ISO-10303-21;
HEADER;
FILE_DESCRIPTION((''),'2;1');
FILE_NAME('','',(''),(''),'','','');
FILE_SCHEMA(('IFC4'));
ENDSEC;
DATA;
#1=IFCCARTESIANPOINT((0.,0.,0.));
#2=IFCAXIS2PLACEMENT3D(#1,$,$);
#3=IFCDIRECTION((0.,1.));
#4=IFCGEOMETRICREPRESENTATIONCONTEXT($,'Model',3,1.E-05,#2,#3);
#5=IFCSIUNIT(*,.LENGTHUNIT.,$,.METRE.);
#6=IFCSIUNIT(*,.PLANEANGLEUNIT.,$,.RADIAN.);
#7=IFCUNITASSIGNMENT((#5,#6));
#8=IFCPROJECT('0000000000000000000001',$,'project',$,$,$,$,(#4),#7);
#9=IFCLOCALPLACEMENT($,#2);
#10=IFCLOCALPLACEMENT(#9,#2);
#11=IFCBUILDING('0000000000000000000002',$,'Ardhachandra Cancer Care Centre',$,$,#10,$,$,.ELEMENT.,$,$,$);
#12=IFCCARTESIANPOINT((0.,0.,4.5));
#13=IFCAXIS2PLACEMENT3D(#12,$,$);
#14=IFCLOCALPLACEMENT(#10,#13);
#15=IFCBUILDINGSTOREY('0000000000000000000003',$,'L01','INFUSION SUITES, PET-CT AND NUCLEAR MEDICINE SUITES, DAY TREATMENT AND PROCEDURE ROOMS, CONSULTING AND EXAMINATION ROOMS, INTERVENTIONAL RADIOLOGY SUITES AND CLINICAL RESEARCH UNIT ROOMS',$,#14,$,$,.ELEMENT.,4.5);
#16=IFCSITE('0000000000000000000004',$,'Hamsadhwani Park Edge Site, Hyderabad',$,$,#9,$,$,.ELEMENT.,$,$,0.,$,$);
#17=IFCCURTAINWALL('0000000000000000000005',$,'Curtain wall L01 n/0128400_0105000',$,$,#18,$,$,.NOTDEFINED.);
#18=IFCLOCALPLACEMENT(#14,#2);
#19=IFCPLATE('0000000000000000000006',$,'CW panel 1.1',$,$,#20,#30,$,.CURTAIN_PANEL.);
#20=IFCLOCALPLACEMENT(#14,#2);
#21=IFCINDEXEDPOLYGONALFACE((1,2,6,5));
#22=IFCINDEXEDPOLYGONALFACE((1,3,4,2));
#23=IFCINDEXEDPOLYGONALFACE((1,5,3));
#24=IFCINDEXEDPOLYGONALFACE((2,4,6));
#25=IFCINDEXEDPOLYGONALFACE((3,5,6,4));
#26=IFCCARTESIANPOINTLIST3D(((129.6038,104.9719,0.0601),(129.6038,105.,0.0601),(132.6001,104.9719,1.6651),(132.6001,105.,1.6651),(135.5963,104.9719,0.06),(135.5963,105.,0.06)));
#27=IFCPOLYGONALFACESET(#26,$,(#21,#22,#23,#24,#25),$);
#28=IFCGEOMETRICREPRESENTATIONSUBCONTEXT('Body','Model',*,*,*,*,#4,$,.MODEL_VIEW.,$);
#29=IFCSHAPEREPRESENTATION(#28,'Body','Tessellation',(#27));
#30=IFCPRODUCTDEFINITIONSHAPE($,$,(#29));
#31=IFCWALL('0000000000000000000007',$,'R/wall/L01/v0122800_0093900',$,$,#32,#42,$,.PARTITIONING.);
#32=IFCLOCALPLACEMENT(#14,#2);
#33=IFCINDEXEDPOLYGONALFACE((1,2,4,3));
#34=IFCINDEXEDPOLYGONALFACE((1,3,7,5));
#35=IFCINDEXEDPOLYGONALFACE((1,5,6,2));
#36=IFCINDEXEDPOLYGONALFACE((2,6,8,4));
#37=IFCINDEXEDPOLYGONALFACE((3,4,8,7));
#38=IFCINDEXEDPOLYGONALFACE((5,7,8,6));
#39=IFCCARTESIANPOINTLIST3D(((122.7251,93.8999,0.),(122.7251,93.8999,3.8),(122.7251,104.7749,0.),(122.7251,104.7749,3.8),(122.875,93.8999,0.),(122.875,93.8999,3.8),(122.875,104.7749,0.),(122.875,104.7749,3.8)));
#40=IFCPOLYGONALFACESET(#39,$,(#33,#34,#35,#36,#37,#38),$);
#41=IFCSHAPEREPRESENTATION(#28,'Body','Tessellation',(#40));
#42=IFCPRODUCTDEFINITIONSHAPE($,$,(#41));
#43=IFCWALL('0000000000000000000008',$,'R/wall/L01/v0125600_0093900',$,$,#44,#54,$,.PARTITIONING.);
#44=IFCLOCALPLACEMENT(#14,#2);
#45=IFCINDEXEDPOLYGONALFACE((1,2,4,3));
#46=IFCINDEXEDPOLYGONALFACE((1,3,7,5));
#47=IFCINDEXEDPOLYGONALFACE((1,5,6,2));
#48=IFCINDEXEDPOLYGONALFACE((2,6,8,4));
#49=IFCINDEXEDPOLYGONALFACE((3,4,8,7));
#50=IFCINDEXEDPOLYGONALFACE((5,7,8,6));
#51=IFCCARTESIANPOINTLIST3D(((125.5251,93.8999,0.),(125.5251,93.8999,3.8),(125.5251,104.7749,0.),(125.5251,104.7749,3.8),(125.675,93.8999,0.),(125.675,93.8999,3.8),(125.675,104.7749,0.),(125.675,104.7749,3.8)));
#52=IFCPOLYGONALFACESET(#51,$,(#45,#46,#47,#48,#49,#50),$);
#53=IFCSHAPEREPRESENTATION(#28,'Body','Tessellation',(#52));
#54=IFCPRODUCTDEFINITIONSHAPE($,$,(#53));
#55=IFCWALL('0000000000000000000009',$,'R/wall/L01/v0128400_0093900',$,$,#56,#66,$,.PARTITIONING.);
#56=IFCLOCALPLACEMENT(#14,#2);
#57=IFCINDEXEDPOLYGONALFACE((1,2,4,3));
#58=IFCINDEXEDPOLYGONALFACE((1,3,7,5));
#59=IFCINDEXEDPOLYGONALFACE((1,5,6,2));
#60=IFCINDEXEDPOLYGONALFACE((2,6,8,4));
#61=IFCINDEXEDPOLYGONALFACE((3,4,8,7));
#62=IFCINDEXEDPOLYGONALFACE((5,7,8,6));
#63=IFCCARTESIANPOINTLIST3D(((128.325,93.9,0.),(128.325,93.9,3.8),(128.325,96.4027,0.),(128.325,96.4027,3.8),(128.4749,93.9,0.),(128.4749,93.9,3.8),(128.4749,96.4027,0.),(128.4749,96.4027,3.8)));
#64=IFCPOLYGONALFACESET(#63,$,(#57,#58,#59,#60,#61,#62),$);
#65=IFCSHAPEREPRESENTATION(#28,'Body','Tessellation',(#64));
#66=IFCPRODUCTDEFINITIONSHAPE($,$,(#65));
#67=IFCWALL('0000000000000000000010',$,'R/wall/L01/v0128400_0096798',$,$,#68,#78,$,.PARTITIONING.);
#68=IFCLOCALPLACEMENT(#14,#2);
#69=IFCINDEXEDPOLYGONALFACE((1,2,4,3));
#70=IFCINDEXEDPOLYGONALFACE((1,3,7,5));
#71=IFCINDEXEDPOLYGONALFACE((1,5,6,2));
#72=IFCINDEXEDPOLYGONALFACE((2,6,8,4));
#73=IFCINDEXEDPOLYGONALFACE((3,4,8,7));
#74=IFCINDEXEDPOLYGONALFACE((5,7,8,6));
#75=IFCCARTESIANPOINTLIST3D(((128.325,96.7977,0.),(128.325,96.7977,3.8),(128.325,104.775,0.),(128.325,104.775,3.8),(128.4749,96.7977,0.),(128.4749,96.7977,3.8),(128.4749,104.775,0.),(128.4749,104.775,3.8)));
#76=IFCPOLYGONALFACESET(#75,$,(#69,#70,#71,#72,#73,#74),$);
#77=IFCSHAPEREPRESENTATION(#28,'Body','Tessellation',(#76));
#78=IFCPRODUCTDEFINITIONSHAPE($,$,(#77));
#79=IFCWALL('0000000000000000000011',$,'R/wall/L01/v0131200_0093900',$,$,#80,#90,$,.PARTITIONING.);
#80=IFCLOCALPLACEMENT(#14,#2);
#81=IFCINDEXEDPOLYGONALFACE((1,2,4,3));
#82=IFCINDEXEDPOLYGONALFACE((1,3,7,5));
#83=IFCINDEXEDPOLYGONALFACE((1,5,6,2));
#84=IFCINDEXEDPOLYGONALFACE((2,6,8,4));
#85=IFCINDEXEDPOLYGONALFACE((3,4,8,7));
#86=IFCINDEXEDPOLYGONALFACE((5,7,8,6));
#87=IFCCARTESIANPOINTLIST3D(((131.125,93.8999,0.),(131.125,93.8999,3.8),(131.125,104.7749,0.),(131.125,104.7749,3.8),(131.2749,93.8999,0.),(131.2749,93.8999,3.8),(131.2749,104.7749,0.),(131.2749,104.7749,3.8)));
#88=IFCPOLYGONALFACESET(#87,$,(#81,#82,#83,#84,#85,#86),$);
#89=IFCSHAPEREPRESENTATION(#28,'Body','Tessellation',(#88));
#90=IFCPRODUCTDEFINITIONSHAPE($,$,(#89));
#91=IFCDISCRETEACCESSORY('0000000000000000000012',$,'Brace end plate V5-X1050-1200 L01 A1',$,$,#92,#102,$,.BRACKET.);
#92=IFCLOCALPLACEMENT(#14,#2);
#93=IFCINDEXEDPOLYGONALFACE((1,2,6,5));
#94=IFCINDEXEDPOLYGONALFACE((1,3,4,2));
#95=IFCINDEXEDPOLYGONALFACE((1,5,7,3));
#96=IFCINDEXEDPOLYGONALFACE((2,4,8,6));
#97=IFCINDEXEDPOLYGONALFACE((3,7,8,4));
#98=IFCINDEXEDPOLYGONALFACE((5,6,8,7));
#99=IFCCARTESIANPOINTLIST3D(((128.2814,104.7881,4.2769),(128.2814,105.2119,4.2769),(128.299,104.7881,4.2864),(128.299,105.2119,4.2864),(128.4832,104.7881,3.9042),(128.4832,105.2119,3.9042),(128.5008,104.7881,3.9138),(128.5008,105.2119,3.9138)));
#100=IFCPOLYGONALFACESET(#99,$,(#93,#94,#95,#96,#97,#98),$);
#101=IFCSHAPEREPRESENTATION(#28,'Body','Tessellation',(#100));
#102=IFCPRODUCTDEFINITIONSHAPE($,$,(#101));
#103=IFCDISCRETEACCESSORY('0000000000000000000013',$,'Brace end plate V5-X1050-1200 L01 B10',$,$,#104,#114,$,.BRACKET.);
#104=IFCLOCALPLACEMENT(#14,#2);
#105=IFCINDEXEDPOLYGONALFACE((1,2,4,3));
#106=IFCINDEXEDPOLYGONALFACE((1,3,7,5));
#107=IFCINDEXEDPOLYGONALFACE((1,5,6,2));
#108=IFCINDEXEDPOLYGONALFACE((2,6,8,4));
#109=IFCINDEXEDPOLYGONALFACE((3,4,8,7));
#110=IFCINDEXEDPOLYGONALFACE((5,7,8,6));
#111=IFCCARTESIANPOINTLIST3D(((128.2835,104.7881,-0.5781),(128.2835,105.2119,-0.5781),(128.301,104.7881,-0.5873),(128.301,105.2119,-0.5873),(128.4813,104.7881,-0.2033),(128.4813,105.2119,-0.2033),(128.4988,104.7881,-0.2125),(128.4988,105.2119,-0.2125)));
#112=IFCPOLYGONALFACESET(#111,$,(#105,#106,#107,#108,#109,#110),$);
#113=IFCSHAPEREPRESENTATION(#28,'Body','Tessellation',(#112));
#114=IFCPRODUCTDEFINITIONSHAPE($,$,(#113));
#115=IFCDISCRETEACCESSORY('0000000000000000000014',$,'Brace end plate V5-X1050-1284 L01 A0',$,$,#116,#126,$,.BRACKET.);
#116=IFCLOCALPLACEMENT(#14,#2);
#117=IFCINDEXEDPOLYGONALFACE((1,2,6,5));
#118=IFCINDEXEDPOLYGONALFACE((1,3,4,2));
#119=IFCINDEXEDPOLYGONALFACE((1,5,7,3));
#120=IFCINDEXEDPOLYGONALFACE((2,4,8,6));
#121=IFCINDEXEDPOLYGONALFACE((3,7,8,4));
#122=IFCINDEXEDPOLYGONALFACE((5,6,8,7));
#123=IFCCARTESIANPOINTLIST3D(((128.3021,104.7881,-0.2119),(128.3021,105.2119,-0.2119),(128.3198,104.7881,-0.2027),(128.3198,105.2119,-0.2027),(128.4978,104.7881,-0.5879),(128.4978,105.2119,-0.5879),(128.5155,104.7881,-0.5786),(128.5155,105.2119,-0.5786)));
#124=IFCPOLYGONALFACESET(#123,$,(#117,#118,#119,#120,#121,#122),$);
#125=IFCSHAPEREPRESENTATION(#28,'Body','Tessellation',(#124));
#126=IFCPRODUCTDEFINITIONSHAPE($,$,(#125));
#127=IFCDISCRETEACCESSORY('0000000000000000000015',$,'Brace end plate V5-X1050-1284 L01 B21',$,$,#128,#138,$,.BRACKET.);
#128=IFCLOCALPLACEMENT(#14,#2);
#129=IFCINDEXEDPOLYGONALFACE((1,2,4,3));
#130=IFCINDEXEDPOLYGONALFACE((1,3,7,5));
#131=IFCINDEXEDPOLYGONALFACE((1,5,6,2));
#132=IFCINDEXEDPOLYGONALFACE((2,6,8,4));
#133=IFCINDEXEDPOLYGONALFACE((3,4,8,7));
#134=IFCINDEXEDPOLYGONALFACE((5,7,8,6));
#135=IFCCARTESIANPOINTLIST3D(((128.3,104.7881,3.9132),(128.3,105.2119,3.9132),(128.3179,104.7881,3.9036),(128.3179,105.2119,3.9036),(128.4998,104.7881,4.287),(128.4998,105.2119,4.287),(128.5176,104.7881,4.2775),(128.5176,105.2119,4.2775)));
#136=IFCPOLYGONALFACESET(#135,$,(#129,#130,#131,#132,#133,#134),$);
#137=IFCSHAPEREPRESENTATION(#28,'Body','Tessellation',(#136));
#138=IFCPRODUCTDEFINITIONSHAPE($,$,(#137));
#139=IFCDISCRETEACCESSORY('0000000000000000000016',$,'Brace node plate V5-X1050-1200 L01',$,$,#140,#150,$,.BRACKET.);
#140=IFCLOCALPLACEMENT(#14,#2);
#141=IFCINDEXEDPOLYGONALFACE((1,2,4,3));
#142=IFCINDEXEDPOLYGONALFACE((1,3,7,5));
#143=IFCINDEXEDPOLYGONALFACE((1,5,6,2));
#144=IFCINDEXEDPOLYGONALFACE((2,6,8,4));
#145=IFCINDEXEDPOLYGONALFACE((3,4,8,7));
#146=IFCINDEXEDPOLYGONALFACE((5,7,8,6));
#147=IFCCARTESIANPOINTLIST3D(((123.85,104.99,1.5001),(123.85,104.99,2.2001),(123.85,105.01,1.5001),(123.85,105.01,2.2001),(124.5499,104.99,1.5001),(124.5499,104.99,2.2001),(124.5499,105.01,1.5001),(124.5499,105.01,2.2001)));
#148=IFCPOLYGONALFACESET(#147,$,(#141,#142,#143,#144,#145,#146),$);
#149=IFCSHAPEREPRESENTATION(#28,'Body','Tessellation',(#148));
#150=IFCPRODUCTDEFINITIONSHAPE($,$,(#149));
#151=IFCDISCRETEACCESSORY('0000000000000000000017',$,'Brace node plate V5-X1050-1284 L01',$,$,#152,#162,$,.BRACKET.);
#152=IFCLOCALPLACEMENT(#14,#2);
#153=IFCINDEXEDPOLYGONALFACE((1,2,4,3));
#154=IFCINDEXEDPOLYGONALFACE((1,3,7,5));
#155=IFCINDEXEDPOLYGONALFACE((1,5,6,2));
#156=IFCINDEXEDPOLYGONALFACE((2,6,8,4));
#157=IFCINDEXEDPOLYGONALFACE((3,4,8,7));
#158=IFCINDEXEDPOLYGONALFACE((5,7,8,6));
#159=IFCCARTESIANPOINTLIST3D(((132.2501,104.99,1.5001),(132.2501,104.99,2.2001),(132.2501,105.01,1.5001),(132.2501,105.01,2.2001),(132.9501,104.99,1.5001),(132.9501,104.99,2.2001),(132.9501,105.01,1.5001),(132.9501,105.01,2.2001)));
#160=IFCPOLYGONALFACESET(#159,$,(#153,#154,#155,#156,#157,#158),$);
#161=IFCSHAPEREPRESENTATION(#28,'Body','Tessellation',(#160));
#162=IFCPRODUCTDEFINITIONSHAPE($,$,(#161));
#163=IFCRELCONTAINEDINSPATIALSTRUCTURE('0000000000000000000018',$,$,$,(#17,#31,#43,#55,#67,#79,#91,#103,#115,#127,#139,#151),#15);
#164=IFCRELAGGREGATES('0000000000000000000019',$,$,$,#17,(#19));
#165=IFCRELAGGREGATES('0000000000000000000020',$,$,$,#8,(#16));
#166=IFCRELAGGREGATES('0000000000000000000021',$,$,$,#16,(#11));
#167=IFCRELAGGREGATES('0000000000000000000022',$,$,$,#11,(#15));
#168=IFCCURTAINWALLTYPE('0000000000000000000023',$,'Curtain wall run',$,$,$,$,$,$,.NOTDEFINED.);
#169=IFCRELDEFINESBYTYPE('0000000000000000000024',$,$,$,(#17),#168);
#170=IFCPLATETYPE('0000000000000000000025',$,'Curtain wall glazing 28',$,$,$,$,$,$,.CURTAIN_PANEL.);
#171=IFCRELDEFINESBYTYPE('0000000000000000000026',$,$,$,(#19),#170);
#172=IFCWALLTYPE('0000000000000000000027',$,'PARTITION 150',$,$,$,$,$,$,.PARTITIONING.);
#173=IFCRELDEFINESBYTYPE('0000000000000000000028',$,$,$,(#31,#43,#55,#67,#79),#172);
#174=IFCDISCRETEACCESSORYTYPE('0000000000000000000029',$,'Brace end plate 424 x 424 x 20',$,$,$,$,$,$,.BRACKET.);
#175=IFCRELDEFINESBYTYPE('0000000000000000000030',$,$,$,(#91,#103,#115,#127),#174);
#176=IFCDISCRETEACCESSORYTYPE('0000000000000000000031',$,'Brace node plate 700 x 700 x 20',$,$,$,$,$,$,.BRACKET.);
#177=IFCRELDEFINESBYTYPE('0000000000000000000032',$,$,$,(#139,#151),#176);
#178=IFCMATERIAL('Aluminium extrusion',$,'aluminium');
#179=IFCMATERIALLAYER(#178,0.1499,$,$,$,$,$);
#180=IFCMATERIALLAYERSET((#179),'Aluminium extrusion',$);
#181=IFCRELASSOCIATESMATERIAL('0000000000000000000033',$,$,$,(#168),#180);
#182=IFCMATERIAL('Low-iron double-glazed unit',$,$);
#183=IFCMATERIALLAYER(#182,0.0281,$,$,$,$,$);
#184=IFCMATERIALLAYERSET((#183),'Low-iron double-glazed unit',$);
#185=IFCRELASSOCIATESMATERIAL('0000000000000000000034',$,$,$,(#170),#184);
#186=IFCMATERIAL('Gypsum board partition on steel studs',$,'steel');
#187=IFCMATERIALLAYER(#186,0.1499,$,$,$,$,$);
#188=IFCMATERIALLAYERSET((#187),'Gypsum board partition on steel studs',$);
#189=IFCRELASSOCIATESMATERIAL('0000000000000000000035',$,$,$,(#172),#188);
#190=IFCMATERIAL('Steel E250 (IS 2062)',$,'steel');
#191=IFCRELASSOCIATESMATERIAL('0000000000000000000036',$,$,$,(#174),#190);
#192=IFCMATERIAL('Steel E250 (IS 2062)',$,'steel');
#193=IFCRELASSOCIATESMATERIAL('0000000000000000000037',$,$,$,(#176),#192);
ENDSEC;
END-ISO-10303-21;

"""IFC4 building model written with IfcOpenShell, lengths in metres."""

from ifc_helpers import new_model, si_unit, direction, frame, frame_2d, origin, origin_2d, place, context, subcontext, project, spatial, polyline, rectangle, outline, extrude, material, layer, layer_set, material_profile, profile_set, type_object, element, aggregate, save


model = new_model("IFC4")

# Units and contexts
model_context = context("Model", 3, precision=1e-05, world=origin(), true_north=direction((0.0, 1.0)))
body_context = subcontext(model_context, "Body", "Model", "MODEL_VIEW")
ifc_project = project(units=[si_unit("LENGTHUNIT", "METRE"), si_unit("PLANEANGLEUNIT", "RADIAN")], contexts=[model_context])

# Site, building, storey
site_placement = place(None, origin())
site = spatial("IfcSite", under=ifc_project, at=site_placement, Name="Hamsadhwani Park Edge Site, Hyderabad", CompositionType="ELEMENT", RefElevation=0.0)
building_placement = place(site_placement, origin())
building = spatial("IfcBuilding", under=site, at=building_placement, Name="Ardhachandra Cancer Care Centre", CompositionType="ELEMENT")
storey_placement = place(building_placement, frame((0.0, 0.0, 4.5)))
storey = spatial("IfcBuildingStorey", under=building, at=storey_placement, Name="L01", Description="INFUSION SUITES, PET-CT AND NUCLEAR MEDICINE SUITES, DAY TREATMENT AND PROCEDURE ROOMS, CONSULTING AND EXAMINATION ROOMS, INTERVENTIONAL RADIOLOGY SUITES AND CLINICAL RESEARCH UNIT ROOMS", CompositionType="ELEMENT", Elevation=4.5)

# Curtain wall
ifc_material_1 = material(Name="Aluminium extrusion", Category="aluminium")
ifc_layer_1 = layer(ifc_material_1, 0.1499)
ifc_layer_set_1 = layer_set([ifc_layer_1], Name="Aluminium extrusion")
curtain_wall_type = type_object("IfcCurtainWallType", Name="Curtain wall run", PredefinedType="NOTDEFINED", material=ifc_layer_set_1)
curtain_wall_1_placement = place(storey_placement, origin())
curtain_wall_1 = element("IfcCurtainWall", 1, at=curtain_wall_1_placement, inside=storey, type_object=curtain_wall_type, Name="Curtain wall L01 n/0128400_0105000", PredefinedType="NOTDEFINED")

# Plate
ifc_material_2 = material(Name="Low-iron double-glazed unit")
ifc_layer_2 = layer(ifc_material_2, 0.0281)
ifc_layer_set_2 = layer_set([ifc_layer_2], Name="Low-iron double-glazed unit")
plate_type = type_object("IfcPlateType", Name="Curtain wall glazing 28", PredefinedType="CURTAIN_PANEL", material=ifc_layer_set_2)
plate_1_placement = place(storey_placement, frame((129.6038, 105.0, 0.0601), z_axis=(0.0, 1.0, 0.0), x_axis=(0.881505, 0.0, 0.472176)))
plate_1 = element("IfcPlate", 2, at=plate_1_placement, type_object=plate_type, Name="CW panel 1.1", PredefinedType="CURTAIN_PANEL", context=body_context, shape_type="SweptSolid", body=[
    extrude(outline(polyline([(0.0, 0.0), (3.3992, 0.0), (5.2825, 2.8296), (0.0, 0.0)])), frame((0.0, 0.0, -0.0281)), (0.0, 0.0, 1.0), 0.0281),
])
aggregate(curtain_wall_1, [plate_1])

# Walls
ifc_material_3 = material(Name="Gypsum board partition on steel studs", Category="steel")
ifc_layer_3 = layer(ifc_material_3, 0.1499)
ifc_layer_set_3 = layer_set([ifc_layer_3], Name="Gypsum board partition on steel studs")
wall_type = type_object("IfcWallType", Name="PARTITION 150", PredefinedType="PARTITIONING", material=ifc_layer_set_3)
for number, where, z_axis, x_axis, name in (
    (3, (122.8, 93.8999, 0.0), (0.0, 0.0, 1.0), (0.0, 1.0, 0.0), "R/wall/L01/v0122800_0093900"),
    (4, (125.6001, 93.8999, 0.0), (0.0, 0.0, 1.0), (0.0, 1.0, 0.0), "R/wall/L01/v0125600_0093900"),
):
    element("IfcWall", number, at=place(storey_placement, frame(where, z_axis=z_axis, x_axis=x_axis)), inside=storey, type_object=wall_type, Name=name, PredefinedType="PARTITIONING", context=body_context, shape_type="SweptSolid", body=[
        extrude(rectangle(XDim=10.875, YDim=0.1499, at=frame_2d((5.4375, 0.0))), origin(), (0.0, 0.0, 1.0), 3.8),
    ])
wall_1_placement = place(storey_placement, frame((128.3999, 93.8999, 0.0), z_axis=(0.0, 0.0, 1.0), x_axis=(0.0, 1.0, 0.0)))
element("IfcWall", 5, at=wall_1_placement, inside=storey, type_object=wall_type, Name="R/wall/L01/v0128400_0093900", PredefinedType="PARTITIONING", context=body_context, shape_type="SweptSolid", body=[
    extrude(rectangle(XDim=2.5027, YDim=0.1499, at=frame_2d((1.2515, 0.0))), origin(), (0.0, 0.0, 1.0), 3.8),
])
wall_2_placement = place(storey_placement, frame((128.3999, 96.7976, 0.0), z_axis=(0.0, 0.0, 1.0), x_axis=(0.0, 1.0, 0.0)))
element("IfcWall", 6, at=wall_2_placement, inside=storey, type_object=wall_type, Name="R/wall/L01/v0128400_0096798", PredefinedType="PARTITIONING", context=body_context, shape_type="SweptSolid", body=[
    extrude(rectangle(XDim=7.9773, YDim=0.1499, at=frame_2d((3.9888, 0.0))), origin(), (0.0, 0.0, 1.0), 3.8),
])
wall_3_placement = place(storey_placement, frame((131.2, 93.8999, 0.0), z_axis=(0.0, 0.0, 1.0), x_axis=(0.0, 1.0, 0.0)))
element("IfcWall", 7, at=wall_3_placement, inside=storey, type_object=wall_type, Name="R/wall/L01/v0131200_0093900", PredefinedType="PARTITIONING", context=body_context, shape_type="SweptSolid", body=[
    extrude(rectangle(XDim=10.875, YDim=0.1499, at=frame_2d((5.4375, 0.0))), origin(), (0.0, 0.0, 1.0), 3.8),
])

# Discrete accessories
ifc_material_4 = material(Name="Steel E250 (IS 2062)", Category="steel")
ifc_material_profile_1 = material_profile(ifc_material_4, rectangle(XDim=0.4238, YDim=0.4238, at=origin_2d()), Name="PL 424x424x20")
ifc_profile_set_1 = profile_set([ifc_material_profile_1], Name="Steel E250 (IS 2062)")
discrete_accessory_type_1 = type_object("IfcDiscreteAccessoryType", Name="Brace end plate 424 x 424 x 20", PredefinedType="BRACKET", material=ifc_profile_set_1)
discrete_accessory_1_placement = place(storey_placement, frame((128.3999, 105.0, 4.1001), z_axis=(-0.879292, 0.0, -0.476283), x_axis=(0.0, -1.0, 0.0)))
element("IfcDiscreteAccessory", 8, at=discrete_accessory_1_placement, inside=storey, type_object=discrete_accessory_type_1, Name="Brace end plate V5-X1050-1200 L01 A1", PredefinedType="BRACKET", context=body_context, shape_type="SweptSolid", body=[
    extrude(rectangle(XDim=0.4238, YDim=0.4238, at=origin_2d()), origin(), (0.0, 0.0, 1.0), 0.02),
])
discrete_accessory_2_placement = place(storey_placement, frame((128.3999, 105.0, -0.3999), z_axis=(-0.884385, 0.0, 0.466759), x_axis=(0.0, -1.0, 0.0)))
element("IfcDiscreteAccessory", 9, at=discrete_accessory_2_placement, inside=storey, type_object=discrete_accessory_type_1, Name="Brace end plate V5-X1050-1200 L01 B10", PredefinedType="BRACKET", context=body_context, shape_type="SweptSolid", body=[
    extrude(rectangle(XDim=0.4238, YDim=0.4238, at=origin_2d()), origin(), (0.0, 0.0, 1.0), 0.0198),
])
discrete_accessory_3_placement = place(storey_placement, frame((128.3999, 105.0, -0.3999), z_axis=(0.887018, 0.0, 0.461735), x_axis=(0.0, 1.0, 0.0)))
element("IfcDiscreteAccessory", 10, at=discrete_accessory_3_placement, inside=storey, type_object=discrete_accessory_type_1, Name="Brace end plate V5-X1050-1284 L01 A0", PredefinedType="BRACKET", context=body_context, shape_type="SweptSolid", body=[
    extrude(rectangle(XDim=0.4238, YDim=0.4238, at=origin_2d()), origin(), (0.0, 0.0, 1.0), 0.02),
])
discrete_accessory_4_placement = place(storey_placement, frame((128.3999, 105.0, 4.1001), z_axis=(0.882018, 0.0, -0.471215), x_axis=(0.0, 1.0, 0.0)))
element("IfcDiscreteAccessory", 11, at=discrete_accessory_4_placement, inside=storey, type_object=discrete_accessory_type_1, Name="Brace end plate V5-X1050-1284 L01 B21", PredefinedType="BRACKET", context=body_context, shape_type="SweptSolid", body=[
    extrude(rectangle(XDim=0.4238, YDim=0.4238, at=origin_2d()), origin(), (0.0, 0.0, 1.0), 0.0203),
])
ifc_material_5 = material(Name="Steel E250 (IS 2062)", Category="steel")
ifc_material_profile_2 = material_profile(ifc_material_5, rectangle(XDim=0.7, YDim=0.7, at=origin_2d()), Name="PL 700x700x20")
ifc_profile_set_2 = profile_set([ifc_material_profile_2], Name="Steel E250 (IS 2062)")
discrete_accessory_type_2 = type_object("IfcDiscreteAccessoryType", Name="Brace node plate 700 x 700 x 20", PredefinedType="BRACKET", material=ifc_profile_set_2)
for number, where, z_axis, x_axis, name in (
    (12, (124.2, 104.99, 1.8501), (0.0, 1.0, 0.0), (-1.0, 0.0, 0.0), "Brace node plate V5-X1050-1200 L01"),
    (13, (132.6001, 104.99, 1.8501), (0.0, 1.0, 0.0), (-1.0, 0.0, 0.0), "Brace node plate V5-X1050-1284 L01"),
):
    element("IfcDiscreteAccessory", number, at=place(storey_placement, frame(where, z_axis=z_axis, x_axis=x_axis)), inside=storey, type_object=discrete_accessory_type_2, Name=name, PredefinedType="BRACKET", context=body_context, shape_type="SweptSolid", body=[
        extrude(rectangle(XDim=0.7, YDim=0.7, at=origin_2d()), origin(), (0.0, 0.0, 1.0), 0.02),
    ])

save(model, "model.ifc")
